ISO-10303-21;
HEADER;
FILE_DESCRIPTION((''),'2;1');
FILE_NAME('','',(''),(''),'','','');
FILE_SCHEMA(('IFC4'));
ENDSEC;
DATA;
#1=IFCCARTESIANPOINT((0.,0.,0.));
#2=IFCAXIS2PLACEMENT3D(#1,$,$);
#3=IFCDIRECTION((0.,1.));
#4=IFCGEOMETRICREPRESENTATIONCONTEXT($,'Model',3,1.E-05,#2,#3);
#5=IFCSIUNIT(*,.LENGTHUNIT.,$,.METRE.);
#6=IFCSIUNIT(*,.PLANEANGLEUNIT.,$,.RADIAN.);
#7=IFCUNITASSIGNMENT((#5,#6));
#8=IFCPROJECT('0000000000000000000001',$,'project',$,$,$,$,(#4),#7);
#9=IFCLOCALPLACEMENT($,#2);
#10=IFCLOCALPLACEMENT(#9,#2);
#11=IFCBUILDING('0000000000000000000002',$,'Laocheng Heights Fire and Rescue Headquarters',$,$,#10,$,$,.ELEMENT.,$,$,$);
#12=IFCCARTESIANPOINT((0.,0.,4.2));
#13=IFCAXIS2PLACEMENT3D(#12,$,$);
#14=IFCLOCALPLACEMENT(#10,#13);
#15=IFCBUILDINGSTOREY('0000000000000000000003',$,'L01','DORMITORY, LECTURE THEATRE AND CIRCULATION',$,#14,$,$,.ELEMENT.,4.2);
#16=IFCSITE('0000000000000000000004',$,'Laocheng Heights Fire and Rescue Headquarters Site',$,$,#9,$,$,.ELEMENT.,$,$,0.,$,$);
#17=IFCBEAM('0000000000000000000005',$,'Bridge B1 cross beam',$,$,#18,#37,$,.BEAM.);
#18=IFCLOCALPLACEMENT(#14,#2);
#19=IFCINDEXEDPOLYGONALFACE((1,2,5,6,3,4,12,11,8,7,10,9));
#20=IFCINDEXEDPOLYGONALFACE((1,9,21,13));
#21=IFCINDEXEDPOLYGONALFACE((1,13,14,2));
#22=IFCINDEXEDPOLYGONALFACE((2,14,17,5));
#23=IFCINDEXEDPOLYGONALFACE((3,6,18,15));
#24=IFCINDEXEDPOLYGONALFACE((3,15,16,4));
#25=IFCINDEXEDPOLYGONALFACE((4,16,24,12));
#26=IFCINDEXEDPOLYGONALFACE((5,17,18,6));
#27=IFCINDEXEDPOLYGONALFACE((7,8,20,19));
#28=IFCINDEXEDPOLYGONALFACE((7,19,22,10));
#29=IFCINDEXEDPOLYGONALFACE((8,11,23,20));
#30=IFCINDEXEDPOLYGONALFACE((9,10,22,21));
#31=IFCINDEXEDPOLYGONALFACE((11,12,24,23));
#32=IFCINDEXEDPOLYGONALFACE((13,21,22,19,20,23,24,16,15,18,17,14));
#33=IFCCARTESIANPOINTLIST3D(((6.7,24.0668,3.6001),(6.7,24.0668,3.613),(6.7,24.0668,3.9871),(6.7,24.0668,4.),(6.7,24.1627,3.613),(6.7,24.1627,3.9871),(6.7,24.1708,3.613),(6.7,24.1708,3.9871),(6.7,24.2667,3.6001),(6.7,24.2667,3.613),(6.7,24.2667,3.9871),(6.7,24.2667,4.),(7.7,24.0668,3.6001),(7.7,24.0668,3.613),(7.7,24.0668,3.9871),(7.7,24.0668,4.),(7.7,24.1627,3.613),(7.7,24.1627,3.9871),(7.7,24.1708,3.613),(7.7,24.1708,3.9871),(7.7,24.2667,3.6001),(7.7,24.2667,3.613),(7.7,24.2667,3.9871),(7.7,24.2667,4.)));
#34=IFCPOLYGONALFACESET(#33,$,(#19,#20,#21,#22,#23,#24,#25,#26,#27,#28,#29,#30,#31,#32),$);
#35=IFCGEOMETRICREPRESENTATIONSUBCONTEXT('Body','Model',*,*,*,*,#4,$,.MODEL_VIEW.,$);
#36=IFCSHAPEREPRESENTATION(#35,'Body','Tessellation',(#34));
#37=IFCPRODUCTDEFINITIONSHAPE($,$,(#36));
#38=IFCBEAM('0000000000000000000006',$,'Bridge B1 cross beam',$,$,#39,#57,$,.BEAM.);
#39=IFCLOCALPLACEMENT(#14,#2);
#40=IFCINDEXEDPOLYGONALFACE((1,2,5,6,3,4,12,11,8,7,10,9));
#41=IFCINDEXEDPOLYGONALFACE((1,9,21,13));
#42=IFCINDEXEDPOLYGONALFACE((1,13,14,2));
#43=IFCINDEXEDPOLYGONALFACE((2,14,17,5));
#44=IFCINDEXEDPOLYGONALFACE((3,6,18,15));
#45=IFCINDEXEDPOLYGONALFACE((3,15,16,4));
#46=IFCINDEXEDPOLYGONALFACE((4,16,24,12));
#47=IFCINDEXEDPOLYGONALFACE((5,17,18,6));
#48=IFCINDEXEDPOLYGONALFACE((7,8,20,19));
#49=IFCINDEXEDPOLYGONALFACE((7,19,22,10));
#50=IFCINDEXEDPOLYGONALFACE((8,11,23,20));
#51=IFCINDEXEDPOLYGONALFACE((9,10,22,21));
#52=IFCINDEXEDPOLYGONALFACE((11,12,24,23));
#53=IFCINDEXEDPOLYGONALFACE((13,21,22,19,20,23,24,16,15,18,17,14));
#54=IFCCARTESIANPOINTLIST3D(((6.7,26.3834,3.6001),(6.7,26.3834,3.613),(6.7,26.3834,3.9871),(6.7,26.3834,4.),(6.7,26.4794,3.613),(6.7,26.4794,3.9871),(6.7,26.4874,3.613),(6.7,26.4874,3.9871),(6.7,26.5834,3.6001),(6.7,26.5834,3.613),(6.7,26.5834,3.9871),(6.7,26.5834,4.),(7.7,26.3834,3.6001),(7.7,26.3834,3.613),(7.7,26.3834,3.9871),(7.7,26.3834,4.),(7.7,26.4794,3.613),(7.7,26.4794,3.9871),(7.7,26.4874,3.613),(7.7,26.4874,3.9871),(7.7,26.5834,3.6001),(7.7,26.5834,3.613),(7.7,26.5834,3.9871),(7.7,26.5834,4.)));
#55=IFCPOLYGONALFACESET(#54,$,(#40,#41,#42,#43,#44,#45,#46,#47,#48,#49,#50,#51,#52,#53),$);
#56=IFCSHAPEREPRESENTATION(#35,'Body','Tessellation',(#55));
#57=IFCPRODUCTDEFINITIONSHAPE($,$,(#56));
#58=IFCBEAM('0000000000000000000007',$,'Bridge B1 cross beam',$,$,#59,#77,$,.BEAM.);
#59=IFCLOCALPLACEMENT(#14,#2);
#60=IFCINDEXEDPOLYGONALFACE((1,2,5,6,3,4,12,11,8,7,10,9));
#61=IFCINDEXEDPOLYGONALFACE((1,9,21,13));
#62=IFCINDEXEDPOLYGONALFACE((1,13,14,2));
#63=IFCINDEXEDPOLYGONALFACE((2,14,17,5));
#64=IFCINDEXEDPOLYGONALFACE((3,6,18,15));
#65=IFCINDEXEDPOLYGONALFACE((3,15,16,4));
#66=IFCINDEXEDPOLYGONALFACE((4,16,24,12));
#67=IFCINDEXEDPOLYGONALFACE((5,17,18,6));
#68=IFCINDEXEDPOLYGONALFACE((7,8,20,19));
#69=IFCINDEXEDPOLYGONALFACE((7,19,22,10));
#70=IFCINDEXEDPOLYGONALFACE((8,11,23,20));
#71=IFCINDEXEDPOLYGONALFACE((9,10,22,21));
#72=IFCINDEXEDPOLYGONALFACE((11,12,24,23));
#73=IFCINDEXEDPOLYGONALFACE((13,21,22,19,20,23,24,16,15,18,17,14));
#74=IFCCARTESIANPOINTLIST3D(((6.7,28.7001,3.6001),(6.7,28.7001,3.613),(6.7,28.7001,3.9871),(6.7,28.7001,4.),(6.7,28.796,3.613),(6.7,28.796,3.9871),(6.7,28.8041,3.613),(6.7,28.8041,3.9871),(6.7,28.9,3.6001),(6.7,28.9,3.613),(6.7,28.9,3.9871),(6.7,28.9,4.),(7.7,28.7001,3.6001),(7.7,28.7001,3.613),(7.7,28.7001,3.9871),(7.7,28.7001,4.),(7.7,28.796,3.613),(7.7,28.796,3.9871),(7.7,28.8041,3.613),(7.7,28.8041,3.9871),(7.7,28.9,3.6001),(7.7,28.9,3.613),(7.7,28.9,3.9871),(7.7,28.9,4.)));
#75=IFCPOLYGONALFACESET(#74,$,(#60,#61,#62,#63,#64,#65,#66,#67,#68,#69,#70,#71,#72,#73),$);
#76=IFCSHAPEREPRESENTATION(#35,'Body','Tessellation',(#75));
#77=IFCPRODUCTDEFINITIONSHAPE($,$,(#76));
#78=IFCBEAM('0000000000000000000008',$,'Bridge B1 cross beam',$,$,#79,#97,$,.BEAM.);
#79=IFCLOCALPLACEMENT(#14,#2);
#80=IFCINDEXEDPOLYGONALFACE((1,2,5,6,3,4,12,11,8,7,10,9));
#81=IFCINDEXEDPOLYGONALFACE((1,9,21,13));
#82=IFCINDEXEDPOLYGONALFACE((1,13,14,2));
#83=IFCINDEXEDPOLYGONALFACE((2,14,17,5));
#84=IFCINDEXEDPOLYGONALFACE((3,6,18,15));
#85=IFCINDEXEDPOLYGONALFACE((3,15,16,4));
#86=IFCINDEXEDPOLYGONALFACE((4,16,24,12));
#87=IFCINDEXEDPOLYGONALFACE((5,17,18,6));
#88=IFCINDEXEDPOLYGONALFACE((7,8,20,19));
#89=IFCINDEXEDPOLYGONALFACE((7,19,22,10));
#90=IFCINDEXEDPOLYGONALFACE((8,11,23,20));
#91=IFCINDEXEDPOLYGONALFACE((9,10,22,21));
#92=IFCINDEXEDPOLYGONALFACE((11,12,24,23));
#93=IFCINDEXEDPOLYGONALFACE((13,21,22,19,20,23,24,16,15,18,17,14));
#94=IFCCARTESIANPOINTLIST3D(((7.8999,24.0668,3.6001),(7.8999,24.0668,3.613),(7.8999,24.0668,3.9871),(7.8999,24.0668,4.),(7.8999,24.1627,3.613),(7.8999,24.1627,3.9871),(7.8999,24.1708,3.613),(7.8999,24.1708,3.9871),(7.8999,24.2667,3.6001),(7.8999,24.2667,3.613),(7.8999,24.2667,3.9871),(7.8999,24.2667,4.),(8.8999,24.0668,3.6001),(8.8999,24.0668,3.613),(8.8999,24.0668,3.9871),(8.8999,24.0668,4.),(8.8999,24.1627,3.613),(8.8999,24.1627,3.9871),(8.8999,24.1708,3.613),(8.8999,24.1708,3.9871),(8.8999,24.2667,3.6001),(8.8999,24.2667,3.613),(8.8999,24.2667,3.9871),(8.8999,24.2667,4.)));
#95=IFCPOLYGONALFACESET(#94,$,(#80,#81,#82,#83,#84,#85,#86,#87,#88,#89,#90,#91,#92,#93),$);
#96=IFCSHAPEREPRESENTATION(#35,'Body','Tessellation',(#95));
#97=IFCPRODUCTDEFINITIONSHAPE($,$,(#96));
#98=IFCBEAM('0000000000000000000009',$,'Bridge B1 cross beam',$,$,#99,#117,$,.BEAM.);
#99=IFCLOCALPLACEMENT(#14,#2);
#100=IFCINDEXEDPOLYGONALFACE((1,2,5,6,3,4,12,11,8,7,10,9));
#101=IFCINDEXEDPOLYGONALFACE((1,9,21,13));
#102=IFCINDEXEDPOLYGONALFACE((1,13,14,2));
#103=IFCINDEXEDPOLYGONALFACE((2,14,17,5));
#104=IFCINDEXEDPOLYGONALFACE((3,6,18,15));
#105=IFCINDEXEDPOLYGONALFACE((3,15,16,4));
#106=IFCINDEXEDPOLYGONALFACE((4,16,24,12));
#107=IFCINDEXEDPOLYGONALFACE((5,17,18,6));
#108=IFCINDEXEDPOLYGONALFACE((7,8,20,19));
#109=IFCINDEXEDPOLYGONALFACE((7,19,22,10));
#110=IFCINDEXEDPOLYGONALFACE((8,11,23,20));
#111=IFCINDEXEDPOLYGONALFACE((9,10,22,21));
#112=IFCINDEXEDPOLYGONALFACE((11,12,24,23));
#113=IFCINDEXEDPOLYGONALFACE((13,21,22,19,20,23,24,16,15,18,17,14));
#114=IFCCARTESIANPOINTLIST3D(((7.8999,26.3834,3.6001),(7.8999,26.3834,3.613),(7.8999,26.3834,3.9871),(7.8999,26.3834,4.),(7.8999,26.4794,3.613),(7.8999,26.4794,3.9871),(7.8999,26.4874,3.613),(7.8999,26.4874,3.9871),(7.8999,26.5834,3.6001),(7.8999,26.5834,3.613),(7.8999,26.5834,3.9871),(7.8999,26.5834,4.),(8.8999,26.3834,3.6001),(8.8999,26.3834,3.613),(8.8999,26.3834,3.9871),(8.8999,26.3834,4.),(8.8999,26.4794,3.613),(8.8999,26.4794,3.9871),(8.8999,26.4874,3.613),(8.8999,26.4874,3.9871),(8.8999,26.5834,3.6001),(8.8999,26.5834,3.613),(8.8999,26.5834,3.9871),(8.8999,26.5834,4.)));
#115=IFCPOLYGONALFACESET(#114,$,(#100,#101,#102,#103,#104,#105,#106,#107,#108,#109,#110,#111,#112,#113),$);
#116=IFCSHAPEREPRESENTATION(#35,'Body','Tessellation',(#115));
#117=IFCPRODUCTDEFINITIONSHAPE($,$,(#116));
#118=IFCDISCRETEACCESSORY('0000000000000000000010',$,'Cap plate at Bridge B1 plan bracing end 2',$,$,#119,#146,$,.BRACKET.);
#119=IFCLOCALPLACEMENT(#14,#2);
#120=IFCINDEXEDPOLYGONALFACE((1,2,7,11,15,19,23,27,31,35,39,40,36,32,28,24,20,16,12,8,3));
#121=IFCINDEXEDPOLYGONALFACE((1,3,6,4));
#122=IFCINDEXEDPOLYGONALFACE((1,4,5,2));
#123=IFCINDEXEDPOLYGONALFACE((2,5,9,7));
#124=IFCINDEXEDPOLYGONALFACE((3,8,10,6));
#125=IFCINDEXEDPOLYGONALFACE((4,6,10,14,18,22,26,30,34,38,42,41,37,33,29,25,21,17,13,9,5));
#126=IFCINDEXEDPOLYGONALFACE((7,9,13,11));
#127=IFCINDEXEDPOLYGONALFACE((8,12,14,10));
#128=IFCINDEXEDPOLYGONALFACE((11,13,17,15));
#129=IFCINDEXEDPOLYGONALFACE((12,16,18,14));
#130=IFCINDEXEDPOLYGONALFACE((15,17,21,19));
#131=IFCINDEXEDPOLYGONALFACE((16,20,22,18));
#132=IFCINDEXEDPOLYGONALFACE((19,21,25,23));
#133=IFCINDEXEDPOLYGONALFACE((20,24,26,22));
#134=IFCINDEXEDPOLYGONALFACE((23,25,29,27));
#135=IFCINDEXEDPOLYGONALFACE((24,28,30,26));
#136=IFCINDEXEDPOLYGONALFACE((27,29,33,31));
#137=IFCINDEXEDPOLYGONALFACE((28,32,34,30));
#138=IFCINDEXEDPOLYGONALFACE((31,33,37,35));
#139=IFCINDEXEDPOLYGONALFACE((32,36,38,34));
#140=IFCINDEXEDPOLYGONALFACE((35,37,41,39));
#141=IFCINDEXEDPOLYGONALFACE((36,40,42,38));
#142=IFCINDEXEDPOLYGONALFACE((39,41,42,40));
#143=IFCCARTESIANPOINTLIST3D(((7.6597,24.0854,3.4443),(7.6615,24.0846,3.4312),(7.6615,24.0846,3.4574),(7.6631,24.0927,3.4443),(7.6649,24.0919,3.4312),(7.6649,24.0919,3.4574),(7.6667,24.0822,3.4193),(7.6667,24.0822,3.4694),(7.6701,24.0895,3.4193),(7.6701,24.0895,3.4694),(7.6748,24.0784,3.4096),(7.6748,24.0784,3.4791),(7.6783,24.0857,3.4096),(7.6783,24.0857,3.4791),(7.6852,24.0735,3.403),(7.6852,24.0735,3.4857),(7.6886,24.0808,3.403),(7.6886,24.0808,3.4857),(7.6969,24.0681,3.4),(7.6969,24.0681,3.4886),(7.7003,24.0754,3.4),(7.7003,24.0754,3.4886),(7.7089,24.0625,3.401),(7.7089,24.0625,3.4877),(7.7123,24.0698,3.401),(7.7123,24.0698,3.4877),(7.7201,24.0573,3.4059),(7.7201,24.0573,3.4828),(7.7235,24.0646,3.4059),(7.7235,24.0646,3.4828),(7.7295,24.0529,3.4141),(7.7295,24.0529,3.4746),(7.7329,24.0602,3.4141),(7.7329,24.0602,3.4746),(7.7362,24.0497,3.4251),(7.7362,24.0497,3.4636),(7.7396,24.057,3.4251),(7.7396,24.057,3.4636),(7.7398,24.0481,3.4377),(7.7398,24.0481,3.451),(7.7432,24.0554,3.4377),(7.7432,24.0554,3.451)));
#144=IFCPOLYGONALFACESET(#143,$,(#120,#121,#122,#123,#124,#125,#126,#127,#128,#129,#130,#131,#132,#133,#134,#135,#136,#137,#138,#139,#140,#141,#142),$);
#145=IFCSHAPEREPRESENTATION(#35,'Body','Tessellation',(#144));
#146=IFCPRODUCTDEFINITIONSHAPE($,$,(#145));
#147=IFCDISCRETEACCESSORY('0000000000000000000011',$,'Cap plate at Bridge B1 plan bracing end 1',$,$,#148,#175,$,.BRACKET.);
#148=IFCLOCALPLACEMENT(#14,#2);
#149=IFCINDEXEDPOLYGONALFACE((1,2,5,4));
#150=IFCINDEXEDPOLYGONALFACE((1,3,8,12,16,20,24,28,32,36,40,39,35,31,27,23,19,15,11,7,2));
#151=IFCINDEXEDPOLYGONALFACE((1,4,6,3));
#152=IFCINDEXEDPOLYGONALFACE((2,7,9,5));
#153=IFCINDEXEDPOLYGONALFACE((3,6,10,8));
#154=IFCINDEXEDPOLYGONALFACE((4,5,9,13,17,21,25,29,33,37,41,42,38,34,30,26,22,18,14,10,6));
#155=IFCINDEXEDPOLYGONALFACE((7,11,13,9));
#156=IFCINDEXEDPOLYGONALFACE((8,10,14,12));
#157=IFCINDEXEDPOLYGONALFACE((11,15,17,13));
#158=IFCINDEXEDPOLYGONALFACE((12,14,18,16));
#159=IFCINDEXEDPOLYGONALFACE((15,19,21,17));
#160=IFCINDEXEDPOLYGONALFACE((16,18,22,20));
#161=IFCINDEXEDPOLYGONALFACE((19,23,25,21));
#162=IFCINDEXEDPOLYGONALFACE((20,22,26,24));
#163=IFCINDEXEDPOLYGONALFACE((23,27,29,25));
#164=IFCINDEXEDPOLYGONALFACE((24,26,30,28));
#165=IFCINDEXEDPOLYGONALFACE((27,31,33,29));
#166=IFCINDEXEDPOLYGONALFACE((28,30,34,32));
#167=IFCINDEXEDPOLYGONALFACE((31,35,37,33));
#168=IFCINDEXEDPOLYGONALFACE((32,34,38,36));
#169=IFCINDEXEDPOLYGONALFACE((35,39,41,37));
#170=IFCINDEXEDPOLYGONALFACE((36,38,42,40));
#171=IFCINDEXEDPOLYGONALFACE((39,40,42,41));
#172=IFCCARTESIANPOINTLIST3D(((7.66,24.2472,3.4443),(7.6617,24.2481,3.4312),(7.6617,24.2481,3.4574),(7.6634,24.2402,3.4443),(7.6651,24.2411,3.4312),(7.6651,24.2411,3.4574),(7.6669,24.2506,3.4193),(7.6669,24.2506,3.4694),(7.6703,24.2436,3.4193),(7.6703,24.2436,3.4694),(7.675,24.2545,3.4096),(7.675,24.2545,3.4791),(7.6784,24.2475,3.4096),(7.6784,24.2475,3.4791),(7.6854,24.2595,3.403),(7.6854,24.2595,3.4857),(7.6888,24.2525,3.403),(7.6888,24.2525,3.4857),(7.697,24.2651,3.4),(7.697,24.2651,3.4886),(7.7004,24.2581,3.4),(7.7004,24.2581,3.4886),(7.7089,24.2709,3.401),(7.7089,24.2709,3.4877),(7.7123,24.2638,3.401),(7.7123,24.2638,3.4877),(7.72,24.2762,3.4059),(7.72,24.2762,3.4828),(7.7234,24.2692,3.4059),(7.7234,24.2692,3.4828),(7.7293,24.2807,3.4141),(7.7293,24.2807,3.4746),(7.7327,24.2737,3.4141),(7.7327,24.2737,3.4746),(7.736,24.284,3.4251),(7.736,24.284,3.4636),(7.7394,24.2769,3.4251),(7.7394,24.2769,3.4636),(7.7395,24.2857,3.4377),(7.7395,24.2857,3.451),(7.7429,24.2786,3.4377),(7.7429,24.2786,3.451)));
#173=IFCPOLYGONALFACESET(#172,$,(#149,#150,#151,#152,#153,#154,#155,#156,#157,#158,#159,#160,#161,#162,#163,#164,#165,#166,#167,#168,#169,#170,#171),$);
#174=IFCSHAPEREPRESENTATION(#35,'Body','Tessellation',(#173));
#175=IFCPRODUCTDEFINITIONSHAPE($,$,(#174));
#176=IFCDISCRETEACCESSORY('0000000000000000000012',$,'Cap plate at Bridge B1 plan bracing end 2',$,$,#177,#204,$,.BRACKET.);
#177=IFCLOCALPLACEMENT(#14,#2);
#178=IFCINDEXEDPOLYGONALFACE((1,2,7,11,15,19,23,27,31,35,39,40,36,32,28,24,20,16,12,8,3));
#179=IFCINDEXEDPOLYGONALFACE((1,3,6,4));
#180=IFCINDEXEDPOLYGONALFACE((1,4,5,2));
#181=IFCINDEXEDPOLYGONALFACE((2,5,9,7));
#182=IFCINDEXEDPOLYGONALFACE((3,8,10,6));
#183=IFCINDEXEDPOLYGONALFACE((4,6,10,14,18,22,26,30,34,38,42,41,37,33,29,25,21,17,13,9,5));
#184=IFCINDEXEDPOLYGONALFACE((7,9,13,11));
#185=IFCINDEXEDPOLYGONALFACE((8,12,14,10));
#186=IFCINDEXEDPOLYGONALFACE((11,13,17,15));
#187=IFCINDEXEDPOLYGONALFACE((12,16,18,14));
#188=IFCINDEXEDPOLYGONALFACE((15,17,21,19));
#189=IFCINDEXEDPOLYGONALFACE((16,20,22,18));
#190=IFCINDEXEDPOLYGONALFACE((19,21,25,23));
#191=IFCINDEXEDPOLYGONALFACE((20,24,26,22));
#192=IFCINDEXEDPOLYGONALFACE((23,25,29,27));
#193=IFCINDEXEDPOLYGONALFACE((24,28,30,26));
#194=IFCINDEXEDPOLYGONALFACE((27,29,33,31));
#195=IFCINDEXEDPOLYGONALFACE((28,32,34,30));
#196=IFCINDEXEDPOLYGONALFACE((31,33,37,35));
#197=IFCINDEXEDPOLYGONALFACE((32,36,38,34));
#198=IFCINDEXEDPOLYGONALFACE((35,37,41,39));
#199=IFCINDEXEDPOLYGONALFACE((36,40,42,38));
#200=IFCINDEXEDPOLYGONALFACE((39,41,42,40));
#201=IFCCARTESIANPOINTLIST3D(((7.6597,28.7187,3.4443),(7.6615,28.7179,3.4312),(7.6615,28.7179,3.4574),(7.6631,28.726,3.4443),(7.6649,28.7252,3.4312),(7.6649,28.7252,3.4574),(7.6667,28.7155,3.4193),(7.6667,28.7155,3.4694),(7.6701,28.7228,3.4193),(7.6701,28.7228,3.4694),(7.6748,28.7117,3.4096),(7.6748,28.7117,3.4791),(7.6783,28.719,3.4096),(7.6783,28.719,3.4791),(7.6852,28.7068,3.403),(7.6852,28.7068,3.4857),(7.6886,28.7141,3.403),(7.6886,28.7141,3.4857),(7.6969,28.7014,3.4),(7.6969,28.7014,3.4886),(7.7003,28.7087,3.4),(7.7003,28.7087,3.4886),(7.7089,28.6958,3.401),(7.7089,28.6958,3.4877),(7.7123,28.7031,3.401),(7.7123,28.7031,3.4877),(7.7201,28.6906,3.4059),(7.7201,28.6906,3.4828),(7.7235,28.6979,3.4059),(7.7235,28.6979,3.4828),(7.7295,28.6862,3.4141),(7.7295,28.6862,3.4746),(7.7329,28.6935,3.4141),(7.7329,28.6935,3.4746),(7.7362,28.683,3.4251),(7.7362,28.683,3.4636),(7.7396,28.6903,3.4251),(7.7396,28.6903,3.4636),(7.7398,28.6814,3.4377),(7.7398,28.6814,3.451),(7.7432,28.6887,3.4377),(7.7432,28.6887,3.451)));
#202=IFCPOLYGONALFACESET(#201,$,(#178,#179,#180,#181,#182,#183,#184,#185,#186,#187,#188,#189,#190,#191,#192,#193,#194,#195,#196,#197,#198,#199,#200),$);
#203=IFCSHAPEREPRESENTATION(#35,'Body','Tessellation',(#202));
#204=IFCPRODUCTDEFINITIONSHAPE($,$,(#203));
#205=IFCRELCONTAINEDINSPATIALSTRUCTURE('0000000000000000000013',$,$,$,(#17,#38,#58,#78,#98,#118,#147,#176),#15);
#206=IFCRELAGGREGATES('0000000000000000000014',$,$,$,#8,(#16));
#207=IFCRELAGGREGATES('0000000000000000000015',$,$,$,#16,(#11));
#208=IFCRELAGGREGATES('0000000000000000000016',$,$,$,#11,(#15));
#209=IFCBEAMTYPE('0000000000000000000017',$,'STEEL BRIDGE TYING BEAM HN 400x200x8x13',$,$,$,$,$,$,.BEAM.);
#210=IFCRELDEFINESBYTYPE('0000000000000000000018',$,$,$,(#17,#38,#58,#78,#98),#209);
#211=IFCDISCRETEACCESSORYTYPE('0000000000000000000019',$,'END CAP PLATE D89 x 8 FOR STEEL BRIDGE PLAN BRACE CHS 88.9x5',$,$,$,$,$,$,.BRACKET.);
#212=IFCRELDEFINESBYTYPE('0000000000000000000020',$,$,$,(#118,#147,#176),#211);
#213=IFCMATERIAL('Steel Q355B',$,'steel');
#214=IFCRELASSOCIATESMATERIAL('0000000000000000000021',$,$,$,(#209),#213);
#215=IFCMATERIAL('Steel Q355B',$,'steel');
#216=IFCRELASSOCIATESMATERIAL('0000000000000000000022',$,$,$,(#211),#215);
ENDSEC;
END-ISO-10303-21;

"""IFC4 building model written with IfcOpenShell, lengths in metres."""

from ifc_helpers import new_model, si_unit, direction, frame, origin, origin_2d, place, context, subcontext, project, spatial, circle, i_section, extrude, material, material_profile, profile_set, type_object, element, save


model = new_model("IFC4")

# Units and contexts
model_context = context("Model", 3, precision=1e-05, world=origin(), true_north=direction((0.0, 1.0)))
body_context = subcontext(model_context, "Body", "Model", "MODEL_VIEW")
ifc_project = project(units=[si_unit("LENGTHUNIT", "METRE"), si_unit("PLANEANGLEUNIT", "RADIAN")], contexts=[model_context])

# Site, building, storey
site_placement = place(None, origin())
site = spatial("IfcSite", under=ifc_project, at=site_placement, Name="Laocheng Heights Fire and Rescue Headquarters Site", CompositionType="ELEMENT", RefElevation=0.0)
building_placement = place(site_placement, origin())
building = spatial("IfcBuilding", under=site, at=building_placement, Name="Laocheng Heights Fire and Rescue Headquarters", CompositionType="ELEMENT")
storey_placement = place(building_placement, frame((0.0, 0.0, 4.2)))
storey = spatial("IfcBuildingStorey", under=building, at=storey_placement, Name="L01", Description="DORMITORY, LECTURE THEATRE AND CIRCULATION", CompositionType="ELEMENT", Elevation=4.2)

# Beams
ifc_material_1 = material(Name="Steel Q355B", Category="steel")
ifc_material_profile_1 = material_profile(ifc_material_1, i_section(OverallWidth=0.2, OverallDepth=0.3999, WebThickness=0.0081, FlangeThickness=0.0129, at=origin_2d()), Name="HN 400x200x8x13")
ifc_profile_set_1 = profile_set([ifc_material_profile_1], Name="Steel Q355B")
beam_type_1 = type_object("IfcBeamType", Name="STEEL BRIDGE TYING BEAM HN 400x200x8x13", PredefinedType="BEAM", material=ifc_profile_set_1)
for number, where, z_axis, x_axis, name in (
    (1, (6.7, 24.1667, 3.8), (1.0, 0.0, 0.0), (0.0, 1.0, 0.0), "Bridge B1 cross beam"),
    (2, (6.7, 26.4834, 3.8), (1.0, 0.0, 0.0), (0.0, 1.0, 0.0), "Bridge B1 cross beam"),
    (3, (6.7, 28.8, 3.8), (1.0, 0.0, 0.0), (0.0, 1.0, 0.0), "Bridge B1 cross beam"),
    (4, (7.8999, 24.1667, 3.8), (1.0, 0.0, 0.0), (0.0, 1.0, 0.0), "Bridge B1 cross beam"),
    (5, (7.8999, 26.4834, 3.8), (1.0, 0.0, 0.0), (0.0, 1.0, 0.0), "Bridge B1 cross beam"),
):
    element("IfcBeam", number, at=place(storey_placement, frame(where, z_axis=z_axis, x_axis=x_axis)), inside=storey, type_object=beam_type_1, Name=name, PredefinedType="BEAM", context=body_context, shape_type="SweptSolid", body=[
        extrude(i_section(OverallWidth=0.2, OverallDepth=0.3999, WebThickness=0.0081, FlangeThickness=0.0129, at=origin_2d()), origin(), (0.0, 0.0, 1.0), 1.0),
    ])

# Discrete accessories
ifc_material_2 = material(Name="Steel Q355B", Category="steel")
ifc_material_profile_2 = material_profile(ifc_material_2, circle(Radius=0.0444, at=origin_2d()), Name="END CAP PLATE D89 x 8 FOR STEEL BRIDGE PLAN BRACE CHS 88.9x5")
ifc_profile_set_2 = profile_set([ifc_material_profile_2], Name="Steel Q355B")
discrete_accessory_type_1 = type_object("IfcDiscreteAccessoryType", Name="END CAP PLATE D89 x 8 FOR STEEL BRIDGE PLAN BRACE CHS 88.9x5", PredefinedType="BRACKET", material=ifc_profile_set_2)
discrete_accessory_1_placement = place(storey_placement, frame((7.7, 24.0667, 3.4443), z_axis=(0.422885, 0.906183, 0.0), x_axis=(-0.906183, 0.422885, 0.0)))
element("IfcDiscreteAccessory", 6, at=discrete_accessory_1_placement, inside=storey, type_object=discrete_accessory_type_1, Name="Cap plate at Bridge B1 plan bracing end 2", PredefinedType="BRACKET", context=body_context, shape_type="SweptSolid", body=[
    extrude(circle(Radius=0.0444, at=origin_2d()), origin(), (0.0, 0.0, 1.0), 0.0081),
])
discrete_accessory_2_placement = place(storey_placement, frame((7.7034, 24.2595, 3.4443), z_axis=(-0.434749, 0.900552, 0.0), x_axis=(-0.900552, -0.434749, 0.0)))
element("IfcDiscreteAccessory", 7, at=discrete_accessory_2_placement, inside=storey, type_object=discrete_accessory_type_1, Name="Cap plate at Bridge B1 plan bracing end 1", PredefinedType="BRACKET", context=body_context, shape_type="SweptSolid", body=[
    extrude(circle(Radius=0.0444, at=origin_2d()), origin(), (0.0, 0.0, 1.0), 0.0078),
])
discrete_accessory_3_placement = place(storey_placement, frame((7.7, 28.7, 3.4443), z_axis=(0.422885, 0.906183, 0.0), x_axis=(-0.906183, 0.422885, 0.0)))
element("IfcDiscreteAccessory", 8, at=discrete_accessory_3_placement, inside=storey, type_object=discrete_accessory_type_1, Name="Cap plate at Bridge B1 plan bracing end 2", PredefinedType="BRACKET", context=body_context, shape_type="SweptSolid", body=[
    extrude(circle(Radius=0.0444, at=origin_2d()), origin(), (0.0, 0.0, 1.0), 0.0081),
])

save(model, "model.ifc")
